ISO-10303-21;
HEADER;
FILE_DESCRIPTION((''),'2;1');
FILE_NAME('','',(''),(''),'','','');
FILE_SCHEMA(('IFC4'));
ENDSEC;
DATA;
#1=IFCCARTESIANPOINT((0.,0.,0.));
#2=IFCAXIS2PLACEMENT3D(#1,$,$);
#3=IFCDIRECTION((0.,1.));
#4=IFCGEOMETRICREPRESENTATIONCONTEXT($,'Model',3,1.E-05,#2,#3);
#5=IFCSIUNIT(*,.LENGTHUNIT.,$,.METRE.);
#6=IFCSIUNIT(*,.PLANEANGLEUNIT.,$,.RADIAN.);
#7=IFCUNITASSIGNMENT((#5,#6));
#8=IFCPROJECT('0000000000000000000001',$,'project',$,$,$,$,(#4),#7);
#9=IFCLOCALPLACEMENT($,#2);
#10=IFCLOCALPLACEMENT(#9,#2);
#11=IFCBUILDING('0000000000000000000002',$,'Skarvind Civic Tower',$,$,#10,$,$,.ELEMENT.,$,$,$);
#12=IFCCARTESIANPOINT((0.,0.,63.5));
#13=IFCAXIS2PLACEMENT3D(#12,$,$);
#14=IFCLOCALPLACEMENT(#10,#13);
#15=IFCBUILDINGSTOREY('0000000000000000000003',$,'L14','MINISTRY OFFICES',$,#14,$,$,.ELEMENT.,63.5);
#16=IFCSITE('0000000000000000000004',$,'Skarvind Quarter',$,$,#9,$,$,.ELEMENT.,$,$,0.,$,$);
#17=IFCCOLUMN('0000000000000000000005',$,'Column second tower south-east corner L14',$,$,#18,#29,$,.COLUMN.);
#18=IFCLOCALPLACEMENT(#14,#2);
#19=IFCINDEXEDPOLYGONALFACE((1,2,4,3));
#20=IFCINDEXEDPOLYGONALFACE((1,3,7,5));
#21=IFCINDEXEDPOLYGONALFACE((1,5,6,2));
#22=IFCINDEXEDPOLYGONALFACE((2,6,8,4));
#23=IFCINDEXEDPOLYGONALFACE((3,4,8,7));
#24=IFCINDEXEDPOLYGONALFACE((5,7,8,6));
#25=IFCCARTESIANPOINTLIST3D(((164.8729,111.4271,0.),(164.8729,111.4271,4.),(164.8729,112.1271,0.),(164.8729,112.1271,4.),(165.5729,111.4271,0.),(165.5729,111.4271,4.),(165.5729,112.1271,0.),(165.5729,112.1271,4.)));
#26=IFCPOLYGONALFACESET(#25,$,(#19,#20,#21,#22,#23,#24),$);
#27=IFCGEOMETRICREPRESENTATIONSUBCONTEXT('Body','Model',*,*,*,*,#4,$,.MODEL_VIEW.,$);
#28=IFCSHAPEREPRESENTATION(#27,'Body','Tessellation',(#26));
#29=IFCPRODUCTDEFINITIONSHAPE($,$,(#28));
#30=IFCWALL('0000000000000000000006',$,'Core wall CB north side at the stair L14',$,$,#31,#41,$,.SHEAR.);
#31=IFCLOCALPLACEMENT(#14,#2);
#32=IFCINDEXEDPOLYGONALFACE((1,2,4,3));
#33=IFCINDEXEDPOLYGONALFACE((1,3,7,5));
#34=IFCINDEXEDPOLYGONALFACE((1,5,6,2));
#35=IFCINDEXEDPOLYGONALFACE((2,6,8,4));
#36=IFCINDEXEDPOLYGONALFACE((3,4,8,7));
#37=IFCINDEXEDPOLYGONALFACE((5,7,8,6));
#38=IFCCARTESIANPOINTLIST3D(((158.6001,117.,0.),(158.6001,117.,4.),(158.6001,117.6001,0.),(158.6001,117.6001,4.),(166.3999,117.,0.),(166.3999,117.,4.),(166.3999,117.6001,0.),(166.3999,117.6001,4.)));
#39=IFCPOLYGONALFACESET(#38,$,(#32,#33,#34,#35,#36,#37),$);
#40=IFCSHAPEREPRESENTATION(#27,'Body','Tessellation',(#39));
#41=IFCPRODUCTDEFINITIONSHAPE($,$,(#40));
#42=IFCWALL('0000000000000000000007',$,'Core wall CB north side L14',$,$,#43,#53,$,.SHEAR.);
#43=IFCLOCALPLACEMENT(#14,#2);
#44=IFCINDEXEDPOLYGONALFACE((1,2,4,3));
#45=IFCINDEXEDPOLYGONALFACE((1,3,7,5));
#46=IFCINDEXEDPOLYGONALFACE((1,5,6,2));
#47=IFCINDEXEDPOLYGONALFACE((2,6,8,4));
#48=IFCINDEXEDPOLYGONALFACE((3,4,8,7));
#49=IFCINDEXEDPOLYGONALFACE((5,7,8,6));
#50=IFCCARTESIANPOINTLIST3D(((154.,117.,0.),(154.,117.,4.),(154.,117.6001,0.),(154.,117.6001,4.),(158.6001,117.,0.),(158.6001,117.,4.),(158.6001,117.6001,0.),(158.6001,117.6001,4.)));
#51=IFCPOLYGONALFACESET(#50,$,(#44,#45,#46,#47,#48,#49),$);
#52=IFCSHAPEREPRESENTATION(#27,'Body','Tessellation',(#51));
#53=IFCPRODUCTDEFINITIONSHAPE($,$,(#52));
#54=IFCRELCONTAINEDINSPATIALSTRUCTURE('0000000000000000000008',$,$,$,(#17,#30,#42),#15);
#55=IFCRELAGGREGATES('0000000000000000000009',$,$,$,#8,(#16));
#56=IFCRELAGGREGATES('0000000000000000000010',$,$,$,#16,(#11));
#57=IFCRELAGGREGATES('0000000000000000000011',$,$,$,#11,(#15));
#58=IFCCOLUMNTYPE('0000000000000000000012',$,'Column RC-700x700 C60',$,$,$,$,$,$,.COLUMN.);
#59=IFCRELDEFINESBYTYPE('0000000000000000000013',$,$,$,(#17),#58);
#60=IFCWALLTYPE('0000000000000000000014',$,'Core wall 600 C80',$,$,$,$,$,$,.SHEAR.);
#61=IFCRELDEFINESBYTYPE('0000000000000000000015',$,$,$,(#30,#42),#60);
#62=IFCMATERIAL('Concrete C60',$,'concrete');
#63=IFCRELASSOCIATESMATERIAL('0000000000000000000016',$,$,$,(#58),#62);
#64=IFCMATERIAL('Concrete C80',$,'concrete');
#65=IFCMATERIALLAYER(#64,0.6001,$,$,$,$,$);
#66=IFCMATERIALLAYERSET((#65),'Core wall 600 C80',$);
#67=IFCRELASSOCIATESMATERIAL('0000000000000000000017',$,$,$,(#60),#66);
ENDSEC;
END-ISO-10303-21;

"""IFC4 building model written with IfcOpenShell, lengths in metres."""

from ifc_helpers import new_model, si_unit, direction, frame, frame_2d, origin, origin_2d, place, context, subcontext, project, spatial, rectangle, extrude, material, layer, layer_set, material_profile, profile_set, type_object, element, save


model = new_model("IFC4")

# Units and contexts
model_context = context("Model", 3, precision=1e-05, world=origin(), true_north=direction((0.0, 1.0)))
body_context = subcontext(model_context, "Body", "Model", "MODEL_VIEW")
ifc_project = project(units=[si_unit("LENGTHUNIT", "METRE"), si_unit("PLANEANGLEUNIT", "RADIAN")], contexts=[model_context])

# Site, building, storey
site_placement = place(None, origin())
site = spatial("IfcSite", under=ifc_project, at=site_placement, Name="Skarvind Quarter", CompositionType="ELEMENT", RefElevation=0.0)
building_placement = place(site_placement, origin())
building = spatial("IfcBuilding", under=site, at=building_placement, Name="Skarvind Civic Tower", CompositionType="ELEMENT")
storey_placement = place(building_placement, frame((0.0, 0.0, 63.5)))
storey = spatial("IfcBuildingStorey", under=building, at=storey_placement, Name="L14", Description="MINISTRY OFFICES", CompositionType="ELEMENT", Elevation=63.5)

# Column
ifc_material_1 = material(Name="Concrete C60", Category="concrete")
ifc_material_profile = material_profile(ifc_material_1, rectangle(XDim=0.7, YDim=0.7, at=origin_2d()), Name="RC-700x700")
ifc_profile_set = profile_set([ifc_material_profile], Name="Concrete C60")
column_type = type_object("IfcColumnType", Name="Column RC-700x700 C60", PredefinedType="COLUMN", material=ifc_profile_set)
column_placement = place(storey_placement, frame((165.2229, 111.7771, 0.0), z_axis=(0.0, 0.0, 1.0), x_axis=(1.0, 0.0, 0.0)))
element("IfcColumn", 1, at=column_placement, inside=storey, type_object=column_type, Name="Column second tower south-east corner L14", PredefinedType="COLUMN", context=body_context, shape_type="SweptSolid", body=[
    extrude(rectangle(XDim=0.7, YDim=0.7, at=origin_2d()), origin(), (0.0, 0.0, 1.0), 4.0),
])

# Walls
ifc_material_2 = material(Name="Concrete C80", Category="concrete")
ifc_layer_1 = layer(ifc_material_2, 0.6001)
ifc_layer_set_1 = layer_set([ifc_layer_1], Name="Core wall 600 C80")
wall_type_1 = type_object("IfcWallType", Name="Core wall 600 C80", PredefinedType="SHEAR", material=ifc_layer_set_1)
wall_1_placement = place(storey_placement, frame((166.3999, 117.3, 0.0), z_axis=(0.0, 0.0, 1.0), x_axis=(-1.0, 0.0, 0.0)))
element("IfcWall", 2, at=wall_1_placement, inside=storey, type_object=wall_type_1, Name="Core wall CB north side at the stair L14", PredefinedType="SHEAR", context=body_context, shape_type="SweptSolid", body=[
    extrude(rectangle(XDim=7.7998, YDim=0.6001, at=frame_2d((3.8999, 0.0))), origin(), (0.0, 0.0, 1.0), 4.0),
])
wall_2_placement = place(storey_placement, frame((158.6001, 117.3, 0.0), z_axis=(0.0, 0.0, 1.0), x_axis=(-1.0, 0.0, 0.0)))
element("IfcWall", 3, at=wall_2_placement, inside=storey, type_object=wall_type_1, Name="Core wall CB north side L14", PredefinedType="SHEAR", context=body_context, shape_type="SweptSolid", body=[
    extrude(rectangle(XDim=4.6001, YDim=0.6001, at=frame_2d((2.3, 0.0))), origin(), (0.0, 0.0, 1.0), 4.0),
])

save(model, "model.ifc")
